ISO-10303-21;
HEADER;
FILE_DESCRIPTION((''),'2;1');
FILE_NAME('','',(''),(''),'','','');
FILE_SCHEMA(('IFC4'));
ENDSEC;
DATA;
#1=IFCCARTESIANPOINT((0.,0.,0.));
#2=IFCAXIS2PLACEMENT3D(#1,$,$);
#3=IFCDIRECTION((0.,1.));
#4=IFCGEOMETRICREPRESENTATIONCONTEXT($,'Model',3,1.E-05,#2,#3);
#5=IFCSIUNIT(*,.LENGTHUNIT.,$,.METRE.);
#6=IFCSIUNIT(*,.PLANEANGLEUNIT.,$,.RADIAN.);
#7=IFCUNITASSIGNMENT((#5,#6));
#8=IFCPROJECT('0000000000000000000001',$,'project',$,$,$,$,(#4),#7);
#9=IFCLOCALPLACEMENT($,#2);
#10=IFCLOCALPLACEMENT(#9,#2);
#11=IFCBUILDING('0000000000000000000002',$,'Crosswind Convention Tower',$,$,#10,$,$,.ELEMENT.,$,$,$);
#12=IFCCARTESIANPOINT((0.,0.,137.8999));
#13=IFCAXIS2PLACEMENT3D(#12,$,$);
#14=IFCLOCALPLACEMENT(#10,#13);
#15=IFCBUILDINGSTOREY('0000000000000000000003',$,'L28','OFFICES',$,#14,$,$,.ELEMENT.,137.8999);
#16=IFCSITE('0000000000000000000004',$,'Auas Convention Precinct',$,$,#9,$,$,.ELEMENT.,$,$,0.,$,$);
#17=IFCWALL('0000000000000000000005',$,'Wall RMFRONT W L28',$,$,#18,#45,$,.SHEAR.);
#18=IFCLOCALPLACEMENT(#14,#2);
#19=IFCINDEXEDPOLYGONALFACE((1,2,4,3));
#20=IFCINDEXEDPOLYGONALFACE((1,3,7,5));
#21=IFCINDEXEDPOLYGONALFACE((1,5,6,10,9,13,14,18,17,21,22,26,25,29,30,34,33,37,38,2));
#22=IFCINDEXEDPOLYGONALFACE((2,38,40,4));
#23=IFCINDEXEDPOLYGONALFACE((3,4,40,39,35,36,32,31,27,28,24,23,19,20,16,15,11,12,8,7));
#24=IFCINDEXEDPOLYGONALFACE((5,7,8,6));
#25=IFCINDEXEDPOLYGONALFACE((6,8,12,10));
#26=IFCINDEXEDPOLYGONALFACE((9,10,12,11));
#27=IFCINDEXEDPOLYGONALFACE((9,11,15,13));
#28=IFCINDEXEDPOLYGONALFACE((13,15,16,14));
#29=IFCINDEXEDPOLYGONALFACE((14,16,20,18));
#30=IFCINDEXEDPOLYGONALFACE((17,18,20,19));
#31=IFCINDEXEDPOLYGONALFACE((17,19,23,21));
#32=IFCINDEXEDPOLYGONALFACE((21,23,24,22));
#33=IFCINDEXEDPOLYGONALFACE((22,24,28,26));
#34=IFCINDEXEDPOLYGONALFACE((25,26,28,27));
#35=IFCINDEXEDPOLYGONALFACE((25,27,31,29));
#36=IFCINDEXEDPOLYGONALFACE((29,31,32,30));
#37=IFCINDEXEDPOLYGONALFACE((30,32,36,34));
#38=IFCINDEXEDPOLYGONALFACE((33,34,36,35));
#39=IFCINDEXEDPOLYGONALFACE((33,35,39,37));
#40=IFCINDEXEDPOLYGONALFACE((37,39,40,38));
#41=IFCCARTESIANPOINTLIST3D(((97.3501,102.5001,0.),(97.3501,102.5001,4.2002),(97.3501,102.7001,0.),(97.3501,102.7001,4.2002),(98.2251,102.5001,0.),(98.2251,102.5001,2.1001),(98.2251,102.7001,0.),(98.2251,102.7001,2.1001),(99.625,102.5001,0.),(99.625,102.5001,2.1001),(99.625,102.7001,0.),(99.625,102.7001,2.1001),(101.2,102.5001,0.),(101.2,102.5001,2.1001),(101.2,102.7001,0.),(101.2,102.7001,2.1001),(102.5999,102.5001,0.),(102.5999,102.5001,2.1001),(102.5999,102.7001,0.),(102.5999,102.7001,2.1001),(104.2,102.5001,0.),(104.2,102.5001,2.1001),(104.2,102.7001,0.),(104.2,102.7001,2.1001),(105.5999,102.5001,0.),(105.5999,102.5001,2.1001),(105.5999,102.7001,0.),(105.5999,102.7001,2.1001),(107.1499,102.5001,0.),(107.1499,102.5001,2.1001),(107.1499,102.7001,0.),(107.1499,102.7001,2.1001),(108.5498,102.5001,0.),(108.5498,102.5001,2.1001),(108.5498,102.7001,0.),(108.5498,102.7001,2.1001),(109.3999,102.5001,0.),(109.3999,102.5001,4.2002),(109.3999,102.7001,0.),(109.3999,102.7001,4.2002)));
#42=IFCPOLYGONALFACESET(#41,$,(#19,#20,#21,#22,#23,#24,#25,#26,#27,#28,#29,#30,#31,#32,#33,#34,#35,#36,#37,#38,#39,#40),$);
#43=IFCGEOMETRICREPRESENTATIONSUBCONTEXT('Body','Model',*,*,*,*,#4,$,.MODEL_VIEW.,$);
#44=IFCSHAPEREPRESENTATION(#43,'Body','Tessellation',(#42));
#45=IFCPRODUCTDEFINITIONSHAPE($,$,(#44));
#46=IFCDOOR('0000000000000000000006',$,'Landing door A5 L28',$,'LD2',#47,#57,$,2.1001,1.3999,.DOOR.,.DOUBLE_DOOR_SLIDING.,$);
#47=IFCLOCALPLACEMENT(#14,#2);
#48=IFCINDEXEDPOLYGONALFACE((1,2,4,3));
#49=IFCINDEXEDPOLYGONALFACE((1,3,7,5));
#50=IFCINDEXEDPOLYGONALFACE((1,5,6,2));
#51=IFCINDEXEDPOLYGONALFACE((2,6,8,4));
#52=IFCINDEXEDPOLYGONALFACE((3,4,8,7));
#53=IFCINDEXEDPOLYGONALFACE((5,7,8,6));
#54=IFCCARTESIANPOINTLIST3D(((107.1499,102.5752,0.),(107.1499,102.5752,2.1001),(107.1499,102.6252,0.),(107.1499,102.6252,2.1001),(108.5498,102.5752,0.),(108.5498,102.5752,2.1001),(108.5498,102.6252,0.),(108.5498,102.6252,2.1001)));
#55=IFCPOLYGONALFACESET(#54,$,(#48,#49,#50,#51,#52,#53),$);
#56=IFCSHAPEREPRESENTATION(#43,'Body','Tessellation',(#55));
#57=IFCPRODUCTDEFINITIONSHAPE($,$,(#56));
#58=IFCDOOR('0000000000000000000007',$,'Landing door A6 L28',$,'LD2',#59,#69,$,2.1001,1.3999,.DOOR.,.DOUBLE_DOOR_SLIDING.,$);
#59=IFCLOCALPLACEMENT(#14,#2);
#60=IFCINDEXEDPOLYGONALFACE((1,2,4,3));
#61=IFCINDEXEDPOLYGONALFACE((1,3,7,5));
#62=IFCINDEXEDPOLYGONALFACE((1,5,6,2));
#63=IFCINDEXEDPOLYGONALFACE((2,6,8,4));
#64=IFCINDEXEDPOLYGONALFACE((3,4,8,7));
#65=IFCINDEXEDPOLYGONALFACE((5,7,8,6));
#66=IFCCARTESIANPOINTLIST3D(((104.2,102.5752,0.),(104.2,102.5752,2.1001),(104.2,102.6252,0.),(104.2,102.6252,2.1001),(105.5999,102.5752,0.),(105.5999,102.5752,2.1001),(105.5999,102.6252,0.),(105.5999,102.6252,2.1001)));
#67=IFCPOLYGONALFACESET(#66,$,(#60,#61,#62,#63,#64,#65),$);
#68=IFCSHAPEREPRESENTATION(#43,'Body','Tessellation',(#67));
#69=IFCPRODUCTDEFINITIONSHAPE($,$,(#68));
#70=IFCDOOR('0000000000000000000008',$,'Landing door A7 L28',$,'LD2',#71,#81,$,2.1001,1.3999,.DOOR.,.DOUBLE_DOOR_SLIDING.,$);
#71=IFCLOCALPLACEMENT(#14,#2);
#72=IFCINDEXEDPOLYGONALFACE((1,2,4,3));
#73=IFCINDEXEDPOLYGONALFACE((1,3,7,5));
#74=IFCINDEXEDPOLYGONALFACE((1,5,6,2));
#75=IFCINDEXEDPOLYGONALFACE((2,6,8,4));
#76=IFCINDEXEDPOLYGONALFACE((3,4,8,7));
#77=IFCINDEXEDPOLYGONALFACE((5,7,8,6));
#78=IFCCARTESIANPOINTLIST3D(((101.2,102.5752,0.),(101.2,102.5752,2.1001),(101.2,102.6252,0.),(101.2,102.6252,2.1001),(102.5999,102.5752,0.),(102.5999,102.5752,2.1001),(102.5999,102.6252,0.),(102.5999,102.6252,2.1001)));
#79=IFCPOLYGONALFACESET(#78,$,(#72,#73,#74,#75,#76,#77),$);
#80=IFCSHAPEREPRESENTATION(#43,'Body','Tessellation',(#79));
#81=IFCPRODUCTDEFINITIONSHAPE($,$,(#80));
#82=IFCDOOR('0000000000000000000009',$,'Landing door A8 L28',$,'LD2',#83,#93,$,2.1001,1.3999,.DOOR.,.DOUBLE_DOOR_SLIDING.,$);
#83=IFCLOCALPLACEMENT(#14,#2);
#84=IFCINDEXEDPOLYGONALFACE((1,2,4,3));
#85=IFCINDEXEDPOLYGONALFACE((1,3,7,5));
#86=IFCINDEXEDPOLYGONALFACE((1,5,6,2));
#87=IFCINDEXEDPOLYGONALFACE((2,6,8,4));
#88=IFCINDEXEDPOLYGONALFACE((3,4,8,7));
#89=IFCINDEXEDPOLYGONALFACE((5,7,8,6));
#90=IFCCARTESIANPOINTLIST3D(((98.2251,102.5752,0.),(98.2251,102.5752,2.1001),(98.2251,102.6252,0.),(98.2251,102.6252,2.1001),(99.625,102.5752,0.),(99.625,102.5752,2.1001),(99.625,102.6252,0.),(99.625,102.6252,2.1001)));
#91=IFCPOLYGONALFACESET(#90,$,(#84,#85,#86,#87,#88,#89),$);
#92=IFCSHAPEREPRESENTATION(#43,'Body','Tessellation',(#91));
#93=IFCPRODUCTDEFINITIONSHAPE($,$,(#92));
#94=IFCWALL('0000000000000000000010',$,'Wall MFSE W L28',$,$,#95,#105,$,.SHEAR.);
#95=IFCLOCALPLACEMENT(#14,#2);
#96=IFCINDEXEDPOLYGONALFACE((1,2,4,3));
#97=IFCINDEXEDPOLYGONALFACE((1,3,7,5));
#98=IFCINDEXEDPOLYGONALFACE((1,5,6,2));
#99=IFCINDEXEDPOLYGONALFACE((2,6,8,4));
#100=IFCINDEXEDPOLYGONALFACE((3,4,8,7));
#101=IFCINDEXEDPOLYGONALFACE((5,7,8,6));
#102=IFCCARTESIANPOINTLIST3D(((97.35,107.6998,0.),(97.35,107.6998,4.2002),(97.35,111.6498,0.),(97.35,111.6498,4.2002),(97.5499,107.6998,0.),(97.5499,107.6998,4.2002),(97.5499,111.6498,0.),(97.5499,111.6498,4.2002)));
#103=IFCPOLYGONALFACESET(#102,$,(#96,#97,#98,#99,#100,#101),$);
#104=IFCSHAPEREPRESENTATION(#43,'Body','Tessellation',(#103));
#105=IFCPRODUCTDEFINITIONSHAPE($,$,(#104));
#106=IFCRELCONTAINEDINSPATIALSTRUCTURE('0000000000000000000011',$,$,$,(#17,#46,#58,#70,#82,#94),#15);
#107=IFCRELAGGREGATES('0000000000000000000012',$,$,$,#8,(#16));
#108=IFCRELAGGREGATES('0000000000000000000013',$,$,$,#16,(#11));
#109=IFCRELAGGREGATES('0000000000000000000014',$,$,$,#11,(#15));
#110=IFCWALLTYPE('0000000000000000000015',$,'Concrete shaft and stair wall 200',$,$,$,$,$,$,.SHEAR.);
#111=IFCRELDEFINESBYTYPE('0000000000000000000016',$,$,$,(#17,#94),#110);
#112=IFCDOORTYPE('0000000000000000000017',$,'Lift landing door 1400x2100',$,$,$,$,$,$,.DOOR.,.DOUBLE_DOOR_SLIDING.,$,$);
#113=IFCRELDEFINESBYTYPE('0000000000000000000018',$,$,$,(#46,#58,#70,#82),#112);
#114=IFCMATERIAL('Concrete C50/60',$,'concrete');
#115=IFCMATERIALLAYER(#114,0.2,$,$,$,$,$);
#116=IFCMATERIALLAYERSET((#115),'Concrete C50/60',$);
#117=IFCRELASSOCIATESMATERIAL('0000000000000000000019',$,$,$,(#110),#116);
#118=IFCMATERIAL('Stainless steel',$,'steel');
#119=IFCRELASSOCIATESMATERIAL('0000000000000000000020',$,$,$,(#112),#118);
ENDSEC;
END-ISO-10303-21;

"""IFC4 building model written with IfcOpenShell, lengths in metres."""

from ifc_helpers import new_model, si_unit, direction, frame, frame_2d, origin, place, context, subcontext, project, spatial, rectangle, extrude, material, layer, layer_set, type_object, element, fill, save


model = new_model("IFC4")

# Units and contexts
model_context = context("Model", 3, precision=1e-05, world=origin(), true_north=direction((0.0, 1.0)))
body_context = subcontext(model_context, "Body", "Model", "MODEL_VIEW")
ifc_project = project(units=[si_unit("LENGTHUNIT", "METRE"), si_unit("PLANEANGLEUNIT", "RADIAN")], contexts=[model_context])

# Site, building, storey
site_placement = place(None, origin())
site = spatial("IfcSite", under=ifc_project, at=site_placement, Name="Auas Convention Precinct", CompositionType="ELEMENT", RefElevation=0.0)
building_placement = place(site_placement, origin())
building = spatial("IfcBuilding", under=site, at=building_placement, Name="Crosswind Convention Tower", CompositionType="ELEMENT")
storey_placement = place(building_placement, frame((0.0, 0.0, 137.8999)))
storey = spatial("IfcBuildingStorey", under=building, at=storey_placement, Name="L28", Description="OFFICES", CompositionType="ELEMENT", Elevation=137.8999)

# Shared definitions
ifc_material_1 = material(Name="Concrete C50/60", Category="concrete")
ifc_layer = layer(ifc_material_1, 0.2)
ifc_layer_set = layer_set([ifc_layer], Name="Concrete C50/60")
wall_type = type_object("IfcWallType", Name="Concrete shaft and stair wall 200", PredefinedType="SHEAR", material=ifc_layer_set)

# Wall, openings, doors
wall_1_placement = place(storey_placement, frame((109.3999, 102.6001, 0.0), z_axis=(0.0, 0.0, 1.0), x_axis=(-1.0, 0.0, 0.0)))
wall_1 = element("IfcWall", 1, at=wall_1_placement, inside=storey, type_object=wall_type, Name="Wall RMFRONT W L28", PredefinedType="SHEAR", context=body_context, shape_type="SweptSolid", body=[
    extrude(rectangle(XDim=12.0498, YDim=0.2, at=frame_2d((6.0249, 0.0))), origin(), (0.0, 0.0, 1.0), 4.2002),
])
opening_1_placement = place(wall_1_placement, frame((0.8501, 0.0, 0.0)))
opening_1 = element("IfcOpeningElement", 2, at=opening_1_placement, cuts=wall_1, PredefinedType="OPENING", context=body_context, shape_type="SweptSolid", body=[
    extrude(rectangle(XDim=1.3999, YDim=2.1001, at=frame_2d((0.7, 1.05))), frame((0.0, 0.1099, 0.0), z_axis=(0.0, -1.0, 0.0), x_axis=(1.0, 0.0, 0.0)), (0.0, 0.0, 1.0), 0.22),
])
opening_2_placement = place(wall_1_placement, frame((3.8, 0.0, 0.0)))
opening_2 = element("IfcOpeningElement", 3, at=opening_2_placement, cuts=wall_1, PredefinedType="OPENING", context=body_context, shape_type="SweptSolid", body=[
    extrude(rectangle(XDim=1.3999, YDim=2.1001, at=frame_2d((0.7, 1.05))), frame((0.0, 0.1099, 0.0), z_axis=(0.0, -1.0, 0.0), x_axis=(1.0, 0.0, 0.0)), (0.0, 0.0, 1.0), 0.22),
])
opening_3_placement = place(wall_1_placement, frame((6.8, 0.0, 0.0)))
opening_3 = element("IfcOpeningElement", 4, at=opening_3_placement, cuts=wall_1, PredefinedType="OPENING", context=body_context, shape_type="SweptSolid", body=[
    extrude(rectangle(XDim=1.3999, YDim=2.1001, at=frame_2d((0.7, 1.05))), frame((0.0, 0.1099, 0.0), z_axis=(0.0, -1.0, 0.0), x_axis=(1.0, 0.0, 0.0)), (0.0, 0.0, 1.0), 0.22),
])
opening_4_placement = place(wall_1_placement, frame((9.7749, 0.0, 0.0)))
opening_4 = element("IfcOpeningElement", 5, at=opening_4_placement, cuts=wall_1, PredefinedType="OPENING", context=body_context, shape_type="SweptSolid", body=[
    extrude(rectangle(XDim=1.3999, YDim=2.1001, at=frame_2d((0.7, 1.05))), frame((0.0, 0.1099, 0.0), z_axis=(0.0, -1.0, 0.0), x_axis=(1.0, 0.0, 0.0)), (0.0, 0.0, 1.0), 0.22),
])
ifc_material_2 = material(Name="Stainless steel", Category="steel")
door_type_1 = type_object("IfcDoorType", Name="Lift landing door 1400x2100", OperationType="DOUBLE_DOOR_SLIDING", PredefinedType="DOOR", material=ifc_material_2)
door_1_placement = place(opening_1_placement, origin())
door_1 = element("IfcDoor", 6, at=door_1_placement, inside=storey, type_object=door_type_1, Name="Landing door A5 L28", ObjectType="LD2", OperationType="DOUBLE_DOOR_SLIDING", OverallHeight=2.1001, OverallWidth=1.3999, PredefinedType="DOOR", context=body_context, shape_type="SweptSolid", body=[
    extrude(rectangle(XDim=1.3999, YDim=2.1001, at=frame_2d((0.7, 1.05))), frame((0.0, 0.0249, 0.0), z_axis=(0.0, -1.0, 0.0), x_axis=(1.0, 0.0, 0.0)), (0.0, 0.0, 1.0), 0.05),
])
fill(opening_1, door_1)
door_2_placement = place(opening_2_placement, origin())
door_2 = element("IfcDoor", 7, at=door_2_placement, inside=storey, type_object=door_type_1, Name="Landing door A6 L28", ObjectType="LD2", OperationType="DOUBLE_DOOR_SLIDING", OverallHeight=2.1001, OverallWidth=1.3999, PredefinedType="DOOR", context=body_context, shape_type="SweptSolid", body=[
    extrude(rectangle(XDim=1.3999, YDim=2.1001, at=frame_2d((0.7, 1.05))), frame((0.0, 0.0249, 0.0), z_axis=(0.0, -1.0, 0.0), x_axis=(1.0, 0.0, 0.0)), (0.0, 0.0, 1.0), 0.05),
])
fill(opening_2, door_2)
door_3_placement = place(opening_3_placement, origin())
door_3 = element("IfcDoor", 8, at=door_3_placement, inside=storey, type_object=door_type_1, Name="Landing door A7 L28", ObjectType="LD2", OperationType="DOUBLE_DOOR_SLIDING", OverallHeight=2.1001, OverallWidth=1.3999, PredefinedType="DOOR", context=body_context, shape_type="SweptSolid", body=[
    extrude(rectangle(XDim=1.3999, YDim=2.1001, at=frame_2d((0.7, 1.05))), frame((0.0, 0.0249, 0.0), z_axis=(0.0, -1.0, 0.0), x_axis=(1.0, 0.0, 0.0)), (0.0, 0.0, 1.0), 0.05),
])
fill(opening_3, door_3)
door_4_placement = place(opening_4_placement, origin())
door_4 = element("IfcDoor", 9, at=door_4_placement, inside=storey, type_object=door_type_1, Name="Landing door A8 L28", ObjectType="LD2", OperationType="DOUBLE_DOOR_SLIDING", OverallHeight=2.1001, OverallWidth=1.3999, PredefinedType="DOOR", context=body_context, shape_type="SweptSolid", body=[
    extrude(rectangle(XDim=1.3999, YDim=2.1001, at=frame_2d((0.7, 1.05))), frame((0.0, 0.0249, 0.0), z_axis=(0.0, -1.0, 0.0), x_axis=(1.0, 0.0, 0.0)), (0.0, 0.0, 1.0), 0.05),
])
fill(opening_4, door_4)

# Wall
wall_2_placement = place(storey_placement, frame((97.45, 111.6499, 0.0), z_axis=(0.0, 0.0, 1.0), x_axis=(0.0, -1.0, 0.0)))
element("IfcWall", 10, at=wall_2_placement, inside=storey, type_object=wall_type, Name="Wall MFSE W L28", PredefinedType="SHEAR", context=body_context, shape_type="SweptSolid", body=[
    extrude(rectangle(XDim=3.95, YDim=0.2, at=frame_2d((1.9751, 0.0))), origin(), (0.0, 0.0, 1.0), 4.2002),
])

save(model, "model.ifc")
